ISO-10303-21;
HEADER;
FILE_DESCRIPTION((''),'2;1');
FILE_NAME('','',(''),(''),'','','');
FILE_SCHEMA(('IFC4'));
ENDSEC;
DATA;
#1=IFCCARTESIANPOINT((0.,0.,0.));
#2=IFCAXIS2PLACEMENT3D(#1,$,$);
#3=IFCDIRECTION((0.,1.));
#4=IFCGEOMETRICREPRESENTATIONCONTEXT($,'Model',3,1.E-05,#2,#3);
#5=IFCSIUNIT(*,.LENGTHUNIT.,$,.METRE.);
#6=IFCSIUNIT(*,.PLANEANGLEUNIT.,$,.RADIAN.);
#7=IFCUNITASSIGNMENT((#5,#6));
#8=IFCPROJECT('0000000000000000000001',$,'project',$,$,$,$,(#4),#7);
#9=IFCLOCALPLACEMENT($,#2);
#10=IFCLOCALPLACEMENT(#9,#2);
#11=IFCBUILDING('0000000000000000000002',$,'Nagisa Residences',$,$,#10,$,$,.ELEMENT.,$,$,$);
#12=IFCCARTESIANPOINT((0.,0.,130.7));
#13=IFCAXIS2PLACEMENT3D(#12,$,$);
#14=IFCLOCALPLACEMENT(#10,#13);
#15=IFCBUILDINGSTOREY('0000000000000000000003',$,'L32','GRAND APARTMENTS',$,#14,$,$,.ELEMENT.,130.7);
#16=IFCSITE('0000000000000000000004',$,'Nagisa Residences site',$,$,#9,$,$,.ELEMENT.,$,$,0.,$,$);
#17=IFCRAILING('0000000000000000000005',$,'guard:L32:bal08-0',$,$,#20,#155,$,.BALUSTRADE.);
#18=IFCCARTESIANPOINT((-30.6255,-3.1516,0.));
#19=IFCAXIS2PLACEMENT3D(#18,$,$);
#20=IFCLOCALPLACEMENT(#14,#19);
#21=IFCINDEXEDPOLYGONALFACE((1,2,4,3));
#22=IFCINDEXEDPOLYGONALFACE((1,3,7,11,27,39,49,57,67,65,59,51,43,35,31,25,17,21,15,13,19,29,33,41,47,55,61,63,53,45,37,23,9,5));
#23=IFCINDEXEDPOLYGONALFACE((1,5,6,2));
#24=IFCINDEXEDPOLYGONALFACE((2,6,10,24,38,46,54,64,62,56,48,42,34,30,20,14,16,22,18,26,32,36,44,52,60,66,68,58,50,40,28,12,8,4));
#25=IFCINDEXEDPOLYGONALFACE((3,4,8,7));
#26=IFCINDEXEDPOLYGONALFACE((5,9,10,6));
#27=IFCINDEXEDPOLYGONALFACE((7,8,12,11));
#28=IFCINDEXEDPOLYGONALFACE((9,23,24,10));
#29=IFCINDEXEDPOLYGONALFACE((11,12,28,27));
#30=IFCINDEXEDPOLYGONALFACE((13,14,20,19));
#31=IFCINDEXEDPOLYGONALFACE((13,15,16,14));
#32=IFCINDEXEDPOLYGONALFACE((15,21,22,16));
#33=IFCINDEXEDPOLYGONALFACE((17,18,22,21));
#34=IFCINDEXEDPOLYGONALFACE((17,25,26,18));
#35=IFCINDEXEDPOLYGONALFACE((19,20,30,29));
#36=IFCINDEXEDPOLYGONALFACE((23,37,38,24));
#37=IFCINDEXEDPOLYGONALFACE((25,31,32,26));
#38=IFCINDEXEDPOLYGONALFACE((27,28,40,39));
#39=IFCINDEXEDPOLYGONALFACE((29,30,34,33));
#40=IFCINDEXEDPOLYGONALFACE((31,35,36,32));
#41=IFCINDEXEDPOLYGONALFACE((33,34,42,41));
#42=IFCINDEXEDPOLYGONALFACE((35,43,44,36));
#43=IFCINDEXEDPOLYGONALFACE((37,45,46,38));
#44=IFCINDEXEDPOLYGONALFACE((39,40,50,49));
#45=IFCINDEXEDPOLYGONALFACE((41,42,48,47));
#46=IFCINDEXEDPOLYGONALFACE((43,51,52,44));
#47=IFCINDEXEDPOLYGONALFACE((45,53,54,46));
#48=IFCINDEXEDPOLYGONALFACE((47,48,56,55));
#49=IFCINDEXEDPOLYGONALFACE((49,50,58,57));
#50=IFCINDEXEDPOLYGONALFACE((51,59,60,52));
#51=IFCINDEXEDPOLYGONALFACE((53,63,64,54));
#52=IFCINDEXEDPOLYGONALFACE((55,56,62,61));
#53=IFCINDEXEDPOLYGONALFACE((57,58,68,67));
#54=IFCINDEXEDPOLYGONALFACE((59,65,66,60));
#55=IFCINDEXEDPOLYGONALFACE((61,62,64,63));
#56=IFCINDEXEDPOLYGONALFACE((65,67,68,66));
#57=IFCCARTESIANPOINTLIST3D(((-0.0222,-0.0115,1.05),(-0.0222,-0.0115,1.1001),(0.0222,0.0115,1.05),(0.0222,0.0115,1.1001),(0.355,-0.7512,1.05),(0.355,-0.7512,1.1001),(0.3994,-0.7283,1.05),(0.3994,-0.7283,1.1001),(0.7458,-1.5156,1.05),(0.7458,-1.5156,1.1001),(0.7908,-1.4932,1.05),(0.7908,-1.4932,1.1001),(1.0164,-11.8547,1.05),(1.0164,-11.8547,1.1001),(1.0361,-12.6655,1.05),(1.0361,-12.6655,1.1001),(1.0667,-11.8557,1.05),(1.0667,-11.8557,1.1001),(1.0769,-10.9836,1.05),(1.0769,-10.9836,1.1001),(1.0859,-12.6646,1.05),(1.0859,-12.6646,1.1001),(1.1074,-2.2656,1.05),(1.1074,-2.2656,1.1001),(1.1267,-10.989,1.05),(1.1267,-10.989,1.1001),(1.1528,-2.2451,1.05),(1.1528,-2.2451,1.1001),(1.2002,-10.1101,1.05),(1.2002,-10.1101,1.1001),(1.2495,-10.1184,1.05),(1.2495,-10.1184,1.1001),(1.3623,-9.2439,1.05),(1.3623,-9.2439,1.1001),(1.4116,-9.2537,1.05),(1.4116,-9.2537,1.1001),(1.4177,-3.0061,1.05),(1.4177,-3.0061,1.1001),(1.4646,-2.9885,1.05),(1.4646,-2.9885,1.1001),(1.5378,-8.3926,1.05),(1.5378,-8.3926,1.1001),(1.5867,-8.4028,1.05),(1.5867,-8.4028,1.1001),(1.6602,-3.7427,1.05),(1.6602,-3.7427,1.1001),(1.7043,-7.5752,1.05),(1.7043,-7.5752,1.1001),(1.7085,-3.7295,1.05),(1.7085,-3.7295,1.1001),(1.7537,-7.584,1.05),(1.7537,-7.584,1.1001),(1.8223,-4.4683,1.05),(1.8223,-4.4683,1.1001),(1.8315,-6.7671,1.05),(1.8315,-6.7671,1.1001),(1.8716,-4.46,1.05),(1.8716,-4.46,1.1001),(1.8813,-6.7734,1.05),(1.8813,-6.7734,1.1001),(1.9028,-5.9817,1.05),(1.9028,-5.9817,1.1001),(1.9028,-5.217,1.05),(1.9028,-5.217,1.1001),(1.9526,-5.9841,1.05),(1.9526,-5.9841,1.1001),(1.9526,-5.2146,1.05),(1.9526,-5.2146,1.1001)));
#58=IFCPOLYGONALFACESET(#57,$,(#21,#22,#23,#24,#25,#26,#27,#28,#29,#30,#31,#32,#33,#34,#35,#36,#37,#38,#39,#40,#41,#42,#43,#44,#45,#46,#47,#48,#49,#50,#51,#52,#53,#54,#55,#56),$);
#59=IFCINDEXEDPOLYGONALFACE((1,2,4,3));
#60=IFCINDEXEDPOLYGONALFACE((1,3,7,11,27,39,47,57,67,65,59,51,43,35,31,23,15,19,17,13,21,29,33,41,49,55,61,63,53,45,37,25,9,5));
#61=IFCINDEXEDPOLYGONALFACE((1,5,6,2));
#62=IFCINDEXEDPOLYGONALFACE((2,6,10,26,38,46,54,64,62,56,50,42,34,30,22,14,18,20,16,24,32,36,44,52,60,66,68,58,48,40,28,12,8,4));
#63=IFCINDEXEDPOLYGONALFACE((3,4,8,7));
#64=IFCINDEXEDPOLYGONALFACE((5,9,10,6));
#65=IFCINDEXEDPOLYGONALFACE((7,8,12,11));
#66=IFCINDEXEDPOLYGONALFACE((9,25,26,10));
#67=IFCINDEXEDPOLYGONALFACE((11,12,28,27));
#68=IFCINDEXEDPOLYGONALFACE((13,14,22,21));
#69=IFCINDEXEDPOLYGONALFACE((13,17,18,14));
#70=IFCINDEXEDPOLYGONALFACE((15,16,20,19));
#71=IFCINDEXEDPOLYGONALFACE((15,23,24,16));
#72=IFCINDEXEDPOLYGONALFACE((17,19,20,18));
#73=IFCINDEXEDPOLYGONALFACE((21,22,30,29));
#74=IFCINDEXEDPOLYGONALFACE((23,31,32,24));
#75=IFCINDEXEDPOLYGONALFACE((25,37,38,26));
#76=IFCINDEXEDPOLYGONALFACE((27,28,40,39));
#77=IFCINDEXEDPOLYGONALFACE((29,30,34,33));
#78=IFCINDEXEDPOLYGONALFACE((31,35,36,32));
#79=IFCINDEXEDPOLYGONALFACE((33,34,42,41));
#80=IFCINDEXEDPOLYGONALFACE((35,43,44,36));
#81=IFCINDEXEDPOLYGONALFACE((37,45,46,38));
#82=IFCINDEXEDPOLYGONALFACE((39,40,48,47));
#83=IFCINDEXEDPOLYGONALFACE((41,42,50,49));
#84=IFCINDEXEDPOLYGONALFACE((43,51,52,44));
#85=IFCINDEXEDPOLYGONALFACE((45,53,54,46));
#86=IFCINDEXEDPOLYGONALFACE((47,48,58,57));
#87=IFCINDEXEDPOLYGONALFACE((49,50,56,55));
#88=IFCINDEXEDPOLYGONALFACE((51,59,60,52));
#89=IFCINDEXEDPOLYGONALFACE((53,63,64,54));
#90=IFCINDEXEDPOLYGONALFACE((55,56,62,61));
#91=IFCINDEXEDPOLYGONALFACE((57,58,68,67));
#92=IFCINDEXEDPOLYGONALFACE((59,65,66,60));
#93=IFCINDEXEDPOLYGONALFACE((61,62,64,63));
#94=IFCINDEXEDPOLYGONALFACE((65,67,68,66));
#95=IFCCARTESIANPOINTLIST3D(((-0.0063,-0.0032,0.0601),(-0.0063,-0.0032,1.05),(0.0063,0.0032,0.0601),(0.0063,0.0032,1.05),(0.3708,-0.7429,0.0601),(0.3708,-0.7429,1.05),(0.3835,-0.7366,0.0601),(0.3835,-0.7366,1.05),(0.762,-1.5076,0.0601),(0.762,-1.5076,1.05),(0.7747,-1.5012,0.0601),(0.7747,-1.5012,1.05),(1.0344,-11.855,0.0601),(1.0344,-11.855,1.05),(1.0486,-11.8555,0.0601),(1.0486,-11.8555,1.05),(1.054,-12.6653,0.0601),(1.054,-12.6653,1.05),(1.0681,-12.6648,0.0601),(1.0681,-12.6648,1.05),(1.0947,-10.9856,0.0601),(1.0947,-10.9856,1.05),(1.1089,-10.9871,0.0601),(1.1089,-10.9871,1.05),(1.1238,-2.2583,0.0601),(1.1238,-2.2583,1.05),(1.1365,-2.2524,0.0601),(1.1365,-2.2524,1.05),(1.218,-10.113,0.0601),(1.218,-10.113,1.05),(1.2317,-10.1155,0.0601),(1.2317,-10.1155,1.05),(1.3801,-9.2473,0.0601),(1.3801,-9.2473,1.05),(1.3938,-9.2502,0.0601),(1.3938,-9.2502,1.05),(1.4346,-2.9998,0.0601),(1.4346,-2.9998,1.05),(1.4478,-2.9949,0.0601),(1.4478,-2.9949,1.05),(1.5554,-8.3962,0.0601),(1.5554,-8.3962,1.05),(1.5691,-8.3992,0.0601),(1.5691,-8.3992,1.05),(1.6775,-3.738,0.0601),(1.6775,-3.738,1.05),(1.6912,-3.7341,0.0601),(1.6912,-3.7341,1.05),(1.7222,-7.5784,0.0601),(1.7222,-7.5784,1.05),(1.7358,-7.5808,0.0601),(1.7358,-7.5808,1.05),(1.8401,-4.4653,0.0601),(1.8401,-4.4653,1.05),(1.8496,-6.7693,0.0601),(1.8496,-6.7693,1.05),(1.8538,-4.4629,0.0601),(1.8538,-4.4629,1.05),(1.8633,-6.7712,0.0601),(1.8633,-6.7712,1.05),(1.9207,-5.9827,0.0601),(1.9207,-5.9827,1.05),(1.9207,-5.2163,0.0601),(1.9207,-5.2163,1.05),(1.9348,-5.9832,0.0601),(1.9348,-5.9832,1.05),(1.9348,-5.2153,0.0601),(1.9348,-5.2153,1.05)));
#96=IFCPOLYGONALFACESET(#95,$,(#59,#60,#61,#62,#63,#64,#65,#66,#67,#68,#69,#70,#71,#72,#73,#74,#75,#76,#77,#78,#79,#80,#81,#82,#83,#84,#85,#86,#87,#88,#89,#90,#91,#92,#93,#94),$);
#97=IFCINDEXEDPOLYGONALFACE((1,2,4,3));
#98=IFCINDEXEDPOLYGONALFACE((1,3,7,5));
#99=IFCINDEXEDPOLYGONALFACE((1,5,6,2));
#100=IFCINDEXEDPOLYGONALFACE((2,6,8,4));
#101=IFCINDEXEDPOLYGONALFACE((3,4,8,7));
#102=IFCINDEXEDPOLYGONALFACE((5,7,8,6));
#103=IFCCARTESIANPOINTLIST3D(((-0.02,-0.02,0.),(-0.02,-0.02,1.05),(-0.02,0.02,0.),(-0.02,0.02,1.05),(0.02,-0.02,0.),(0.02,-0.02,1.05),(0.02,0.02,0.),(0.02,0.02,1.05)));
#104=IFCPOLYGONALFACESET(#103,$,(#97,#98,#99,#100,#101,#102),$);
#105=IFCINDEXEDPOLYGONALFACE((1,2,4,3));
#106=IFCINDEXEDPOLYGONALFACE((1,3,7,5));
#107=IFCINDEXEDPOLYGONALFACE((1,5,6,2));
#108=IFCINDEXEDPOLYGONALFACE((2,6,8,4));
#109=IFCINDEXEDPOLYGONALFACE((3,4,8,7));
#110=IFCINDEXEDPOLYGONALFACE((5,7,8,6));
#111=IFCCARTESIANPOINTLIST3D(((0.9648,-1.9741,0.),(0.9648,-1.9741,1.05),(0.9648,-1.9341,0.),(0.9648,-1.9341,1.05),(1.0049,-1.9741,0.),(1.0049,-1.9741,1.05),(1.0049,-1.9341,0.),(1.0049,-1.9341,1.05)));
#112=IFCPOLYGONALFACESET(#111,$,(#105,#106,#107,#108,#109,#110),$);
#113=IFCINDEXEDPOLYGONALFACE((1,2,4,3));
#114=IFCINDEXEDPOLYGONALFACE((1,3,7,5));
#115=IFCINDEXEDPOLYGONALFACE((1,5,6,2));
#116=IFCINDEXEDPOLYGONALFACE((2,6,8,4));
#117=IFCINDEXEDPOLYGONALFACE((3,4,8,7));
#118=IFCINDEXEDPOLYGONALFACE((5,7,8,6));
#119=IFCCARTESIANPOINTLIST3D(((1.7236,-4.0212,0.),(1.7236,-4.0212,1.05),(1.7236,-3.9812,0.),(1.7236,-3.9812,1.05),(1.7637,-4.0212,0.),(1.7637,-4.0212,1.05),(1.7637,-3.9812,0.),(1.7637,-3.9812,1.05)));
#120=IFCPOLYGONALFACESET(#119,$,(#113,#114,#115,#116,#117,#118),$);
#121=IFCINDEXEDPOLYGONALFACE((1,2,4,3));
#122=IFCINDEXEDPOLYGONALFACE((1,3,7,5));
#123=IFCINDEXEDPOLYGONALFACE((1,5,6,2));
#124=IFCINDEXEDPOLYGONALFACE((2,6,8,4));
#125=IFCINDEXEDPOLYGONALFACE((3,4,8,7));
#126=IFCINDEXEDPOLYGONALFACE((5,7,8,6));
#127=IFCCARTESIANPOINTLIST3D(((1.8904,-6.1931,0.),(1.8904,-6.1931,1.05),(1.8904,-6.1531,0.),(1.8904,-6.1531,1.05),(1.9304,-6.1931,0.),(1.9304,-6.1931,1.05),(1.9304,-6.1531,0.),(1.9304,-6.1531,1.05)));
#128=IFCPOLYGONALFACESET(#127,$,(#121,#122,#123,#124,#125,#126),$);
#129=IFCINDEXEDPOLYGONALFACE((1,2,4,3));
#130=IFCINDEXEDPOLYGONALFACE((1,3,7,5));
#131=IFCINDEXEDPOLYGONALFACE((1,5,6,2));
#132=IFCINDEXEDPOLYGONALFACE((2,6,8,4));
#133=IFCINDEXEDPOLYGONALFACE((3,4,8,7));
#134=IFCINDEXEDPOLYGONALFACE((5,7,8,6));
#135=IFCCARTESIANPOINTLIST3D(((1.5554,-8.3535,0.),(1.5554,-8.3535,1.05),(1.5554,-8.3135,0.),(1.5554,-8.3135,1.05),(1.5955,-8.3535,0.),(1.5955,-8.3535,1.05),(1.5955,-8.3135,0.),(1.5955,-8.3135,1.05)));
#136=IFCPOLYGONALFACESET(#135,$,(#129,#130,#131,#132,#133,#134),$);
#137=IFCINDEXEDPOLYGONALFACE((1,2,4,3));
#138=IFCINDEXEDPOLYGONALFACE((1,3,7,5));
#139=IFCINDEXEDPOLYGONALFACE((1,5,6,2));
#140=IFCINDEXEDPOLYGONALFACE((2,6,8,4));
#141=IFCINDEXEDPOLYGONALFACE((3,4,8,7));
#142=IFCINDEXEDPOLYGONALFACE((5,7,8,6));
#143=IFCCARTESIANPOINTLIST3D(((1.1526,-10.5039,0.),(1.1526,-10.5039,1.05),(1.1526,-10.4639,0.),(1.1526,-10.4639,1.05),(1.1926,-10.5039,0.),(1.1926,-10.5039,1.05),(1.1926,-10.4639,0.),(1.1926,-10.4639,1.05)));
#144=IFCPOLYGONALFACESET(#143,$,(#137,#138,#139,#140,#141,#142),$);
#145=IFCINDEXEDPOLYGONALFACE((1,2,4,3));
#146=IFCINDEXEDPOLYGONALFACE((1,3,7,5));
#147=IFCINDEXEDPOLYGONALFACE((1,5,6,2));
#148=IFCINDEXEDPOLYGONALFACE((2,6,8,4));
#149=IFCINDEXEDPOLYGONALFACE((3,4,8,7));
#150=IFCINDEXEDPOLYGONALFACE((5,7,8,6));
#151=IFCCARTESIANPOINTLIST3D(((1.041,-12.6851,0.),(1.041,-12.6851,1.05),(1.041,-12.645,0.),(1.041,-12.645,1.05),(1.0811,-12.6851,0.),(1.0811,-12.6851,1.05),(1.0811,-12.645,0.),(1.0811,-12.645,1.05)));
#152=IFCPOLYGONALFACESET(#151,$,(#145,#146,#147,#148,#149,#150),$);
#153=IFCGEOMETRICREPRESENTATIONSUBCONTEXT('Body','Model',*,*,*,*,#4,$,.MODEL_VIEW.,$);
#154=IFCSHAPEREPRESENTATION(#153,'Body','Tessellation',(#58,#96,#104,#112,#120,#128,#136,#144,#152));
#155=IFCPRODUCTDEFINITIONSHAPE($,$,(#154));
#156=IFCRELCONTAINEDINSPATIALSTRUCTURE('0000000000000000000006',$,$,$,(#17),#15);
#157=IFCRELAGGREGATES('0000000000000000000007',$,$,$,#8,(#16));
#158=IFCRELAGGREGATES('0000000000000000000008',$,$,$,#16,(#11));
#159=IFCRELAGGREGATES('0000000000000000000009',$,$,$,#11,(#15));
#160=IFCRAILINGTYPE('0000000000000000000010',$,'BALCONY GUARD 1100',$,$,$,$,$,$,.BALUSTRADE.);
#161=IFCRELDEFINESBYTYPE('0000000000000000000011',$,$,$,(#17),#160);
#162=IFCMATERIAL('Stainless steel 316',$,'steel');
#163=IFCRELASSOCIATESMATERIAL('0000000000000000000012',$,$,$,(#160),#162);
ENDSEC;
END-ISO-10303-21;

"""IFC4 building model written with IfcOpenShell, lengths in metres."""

from ifc_helpers import new_model, si_unit, direction, frame, origin, origin_2d, place, context, subcontext, project, spatial, polyline, rectangle, outline, extrude, material, type_object, element, save


model = new_model("IFC4")

# Units and contexts
model_context = context("Model", 3, precision=1e-05, world=origin(), true_north=direction((0.0, 1.0)))
body_context = subcontext(model_context, "Body", "Model", "MODEL_VIEW")
ifc_project = project(units=[si_unit("LENGTHUNIT", "METRE"), si_unit("PLANEANGLEUNIT", "RADIAN")], contexts=[model_context])

# Site, building, storey
site_placement = place(None, origin())
site = spatial("IfcSite", under=ifc_project, at=site_placement, Name="Nagisa Residences site", CompositionType="ELEMENT", RefElevation=0.0)
building_placement = place(site_placement, origin())
building = spatial("IfcBuilding", under=site, at=building_placement, Name="Nagisa Residences", CompositionType="ELEMENT")
storey_placement = place(building_placement, frame((0.0, 0.0, 130.7)))
storey = spatial("IfcBuildingStorey", under=building, at=storey_placement, Name="L32", Description="GRAND APARTMENTS", CompositionType="ELEMENT", Elevation=130.7)

# Railing
ifc_material_1 = material(Name="Stainless steel 316", Category="steel")
railing_type = type_object("IfcRailingType", Name="BALCONY GUARD 1100", PredefinedType="BALUSTRADE", material=ifc_material_1)
railing_placement = place(storey_placement, frame((-30.6255, -3.1516, 0.0)))
element("IfcRailing", 1, at=railing_placement, inside=storey, type_object=railing_type, Name="guard:L32:bal08-0", PredefinedType="BALUSTRADE", context=body_context, shape_type="SweptSolid", body=[
    extrude(outline(polyline([(0.3994, -0.7283), (0.0222, 0.0115), (-0.0222, -0.0115), (0.355, -0.7512), (0.7458, -1.5156), (1.1074, -2.2656), (1.4177, -3.0061), (1.6602, -3.7427), (1.8223, -4.4683), (1.9028, -5.217), (1.9028, -5.9817), (1.8315, -6.7671), (1.7043, -7.5752), (1.5378, -8.3926), (1.3623, -9.2439), (1.2002, -10.1101), (1.0769, -10.9836), (1.0164, -11.8547), (1.0361, -12.6655), (1.0859, -12.6646), (1.0667, -11.8557), (1.1267, -10.989), (1.2495, -10.1184), (1.4116, -9.2537), (1.5867, -8.4028), (1.7537, -7.584), (1.8813, -6.7734), (1.9526, -5.9841), (1.9526, -5.2146), (1.8716, -4.46), (1.7085, -3.7295), (1.4646, -2.9885), (1.1528, -2.2451), (0.7908, -1.4932), (0.3994, -0.7283)])), frame((0.0, 0.0, 1.05)), (0.0, 0.0, 1.0), 0.05),
    extrude(outline(polyline([(0.3835, -0.7366), (0.0063, 0.0032), (-0.0063, -0.0032), (0.3708, -0.7429), (0.762, -1.5076), (1.1238, -2.2583), (1.4346, -2.9998), (1.6775, -3.738), (1.8401, -4.4653), (1.9207, -5.2163), (1.9207, -5.9827), (1.8496, -6.7693), (1.7222, -7.5784), (1.5554, -8.3962), (1.3801, -9.2473), (1.218, -10.113), (1.0947, -10.9856), (1.0344, -11.855), (1.054, -12.6653), (1.0681, -12.6648), (1.0486, -11.8555), (1.1089, -10.9871), (1.2317, -10.1155), (1.3938, -9.2502), (1.5691, -8.3992), (1.7358, -7.5808), (1.8633, -6.7712), (1.9348, -5.9832), (1.9348, -5.2153), (1.8538, -4.4629), (1.6912, -3.7341), (1.4478, -2.9949), (1.1365, -2.2524), (0.7747, -1.5012), (0.3835, -0.7366)])), frame((0.0, 0.0, 0.0601)), (0.0, 0.0, 1.0), 0.99),
    extrude(rectangle(XDim=0.04, YDim=0.04, at=origin_2d()), origin(), (0.0, 0.0, 1.0), 1.05),
    extrude(rectangle(XDim=0.04, YDim=0.04, at=origin_2d()), frame((0.9849, -1.9541, 0.0)), (0.0, 0.0, 1.0), 1.05),
    extrude(rectangle(XDim=0.04, YDim=0.04, at=origin_2d()), frame((1.7437, -4.0012, 0.0)), (0.0, 0.0, 1.0), 1.05),
    extrude(rectangle(XDim=0.04, YDim=0.04, at=origin_2d()), frame((1.9104, -6.1731, 0.0)), (0.0, 0.0, 1.0), 1.05),
    extrude(rectangle(XDim=0.04, YDim=0.04, at=origin_2d()), frame((1.5754, -8.3335, 0.0)), (0.0, 0.0, 1.0), 1.05),
    extrude(rectangle(XDim=0.04, YDim=0.04, at=origin_2d()), frame((1.1726, -10.4839, 0.0)), (0.0, 0.0, 1.0), 1.05),
    extrude(rectangle(XDim=0.04, YDim=0.04, at=origin_2d()), frame((1.061, -12.665, 0.0)), (0.0, 0.0, 1.0), 1.05),
])

save(model, "model.ifc")
